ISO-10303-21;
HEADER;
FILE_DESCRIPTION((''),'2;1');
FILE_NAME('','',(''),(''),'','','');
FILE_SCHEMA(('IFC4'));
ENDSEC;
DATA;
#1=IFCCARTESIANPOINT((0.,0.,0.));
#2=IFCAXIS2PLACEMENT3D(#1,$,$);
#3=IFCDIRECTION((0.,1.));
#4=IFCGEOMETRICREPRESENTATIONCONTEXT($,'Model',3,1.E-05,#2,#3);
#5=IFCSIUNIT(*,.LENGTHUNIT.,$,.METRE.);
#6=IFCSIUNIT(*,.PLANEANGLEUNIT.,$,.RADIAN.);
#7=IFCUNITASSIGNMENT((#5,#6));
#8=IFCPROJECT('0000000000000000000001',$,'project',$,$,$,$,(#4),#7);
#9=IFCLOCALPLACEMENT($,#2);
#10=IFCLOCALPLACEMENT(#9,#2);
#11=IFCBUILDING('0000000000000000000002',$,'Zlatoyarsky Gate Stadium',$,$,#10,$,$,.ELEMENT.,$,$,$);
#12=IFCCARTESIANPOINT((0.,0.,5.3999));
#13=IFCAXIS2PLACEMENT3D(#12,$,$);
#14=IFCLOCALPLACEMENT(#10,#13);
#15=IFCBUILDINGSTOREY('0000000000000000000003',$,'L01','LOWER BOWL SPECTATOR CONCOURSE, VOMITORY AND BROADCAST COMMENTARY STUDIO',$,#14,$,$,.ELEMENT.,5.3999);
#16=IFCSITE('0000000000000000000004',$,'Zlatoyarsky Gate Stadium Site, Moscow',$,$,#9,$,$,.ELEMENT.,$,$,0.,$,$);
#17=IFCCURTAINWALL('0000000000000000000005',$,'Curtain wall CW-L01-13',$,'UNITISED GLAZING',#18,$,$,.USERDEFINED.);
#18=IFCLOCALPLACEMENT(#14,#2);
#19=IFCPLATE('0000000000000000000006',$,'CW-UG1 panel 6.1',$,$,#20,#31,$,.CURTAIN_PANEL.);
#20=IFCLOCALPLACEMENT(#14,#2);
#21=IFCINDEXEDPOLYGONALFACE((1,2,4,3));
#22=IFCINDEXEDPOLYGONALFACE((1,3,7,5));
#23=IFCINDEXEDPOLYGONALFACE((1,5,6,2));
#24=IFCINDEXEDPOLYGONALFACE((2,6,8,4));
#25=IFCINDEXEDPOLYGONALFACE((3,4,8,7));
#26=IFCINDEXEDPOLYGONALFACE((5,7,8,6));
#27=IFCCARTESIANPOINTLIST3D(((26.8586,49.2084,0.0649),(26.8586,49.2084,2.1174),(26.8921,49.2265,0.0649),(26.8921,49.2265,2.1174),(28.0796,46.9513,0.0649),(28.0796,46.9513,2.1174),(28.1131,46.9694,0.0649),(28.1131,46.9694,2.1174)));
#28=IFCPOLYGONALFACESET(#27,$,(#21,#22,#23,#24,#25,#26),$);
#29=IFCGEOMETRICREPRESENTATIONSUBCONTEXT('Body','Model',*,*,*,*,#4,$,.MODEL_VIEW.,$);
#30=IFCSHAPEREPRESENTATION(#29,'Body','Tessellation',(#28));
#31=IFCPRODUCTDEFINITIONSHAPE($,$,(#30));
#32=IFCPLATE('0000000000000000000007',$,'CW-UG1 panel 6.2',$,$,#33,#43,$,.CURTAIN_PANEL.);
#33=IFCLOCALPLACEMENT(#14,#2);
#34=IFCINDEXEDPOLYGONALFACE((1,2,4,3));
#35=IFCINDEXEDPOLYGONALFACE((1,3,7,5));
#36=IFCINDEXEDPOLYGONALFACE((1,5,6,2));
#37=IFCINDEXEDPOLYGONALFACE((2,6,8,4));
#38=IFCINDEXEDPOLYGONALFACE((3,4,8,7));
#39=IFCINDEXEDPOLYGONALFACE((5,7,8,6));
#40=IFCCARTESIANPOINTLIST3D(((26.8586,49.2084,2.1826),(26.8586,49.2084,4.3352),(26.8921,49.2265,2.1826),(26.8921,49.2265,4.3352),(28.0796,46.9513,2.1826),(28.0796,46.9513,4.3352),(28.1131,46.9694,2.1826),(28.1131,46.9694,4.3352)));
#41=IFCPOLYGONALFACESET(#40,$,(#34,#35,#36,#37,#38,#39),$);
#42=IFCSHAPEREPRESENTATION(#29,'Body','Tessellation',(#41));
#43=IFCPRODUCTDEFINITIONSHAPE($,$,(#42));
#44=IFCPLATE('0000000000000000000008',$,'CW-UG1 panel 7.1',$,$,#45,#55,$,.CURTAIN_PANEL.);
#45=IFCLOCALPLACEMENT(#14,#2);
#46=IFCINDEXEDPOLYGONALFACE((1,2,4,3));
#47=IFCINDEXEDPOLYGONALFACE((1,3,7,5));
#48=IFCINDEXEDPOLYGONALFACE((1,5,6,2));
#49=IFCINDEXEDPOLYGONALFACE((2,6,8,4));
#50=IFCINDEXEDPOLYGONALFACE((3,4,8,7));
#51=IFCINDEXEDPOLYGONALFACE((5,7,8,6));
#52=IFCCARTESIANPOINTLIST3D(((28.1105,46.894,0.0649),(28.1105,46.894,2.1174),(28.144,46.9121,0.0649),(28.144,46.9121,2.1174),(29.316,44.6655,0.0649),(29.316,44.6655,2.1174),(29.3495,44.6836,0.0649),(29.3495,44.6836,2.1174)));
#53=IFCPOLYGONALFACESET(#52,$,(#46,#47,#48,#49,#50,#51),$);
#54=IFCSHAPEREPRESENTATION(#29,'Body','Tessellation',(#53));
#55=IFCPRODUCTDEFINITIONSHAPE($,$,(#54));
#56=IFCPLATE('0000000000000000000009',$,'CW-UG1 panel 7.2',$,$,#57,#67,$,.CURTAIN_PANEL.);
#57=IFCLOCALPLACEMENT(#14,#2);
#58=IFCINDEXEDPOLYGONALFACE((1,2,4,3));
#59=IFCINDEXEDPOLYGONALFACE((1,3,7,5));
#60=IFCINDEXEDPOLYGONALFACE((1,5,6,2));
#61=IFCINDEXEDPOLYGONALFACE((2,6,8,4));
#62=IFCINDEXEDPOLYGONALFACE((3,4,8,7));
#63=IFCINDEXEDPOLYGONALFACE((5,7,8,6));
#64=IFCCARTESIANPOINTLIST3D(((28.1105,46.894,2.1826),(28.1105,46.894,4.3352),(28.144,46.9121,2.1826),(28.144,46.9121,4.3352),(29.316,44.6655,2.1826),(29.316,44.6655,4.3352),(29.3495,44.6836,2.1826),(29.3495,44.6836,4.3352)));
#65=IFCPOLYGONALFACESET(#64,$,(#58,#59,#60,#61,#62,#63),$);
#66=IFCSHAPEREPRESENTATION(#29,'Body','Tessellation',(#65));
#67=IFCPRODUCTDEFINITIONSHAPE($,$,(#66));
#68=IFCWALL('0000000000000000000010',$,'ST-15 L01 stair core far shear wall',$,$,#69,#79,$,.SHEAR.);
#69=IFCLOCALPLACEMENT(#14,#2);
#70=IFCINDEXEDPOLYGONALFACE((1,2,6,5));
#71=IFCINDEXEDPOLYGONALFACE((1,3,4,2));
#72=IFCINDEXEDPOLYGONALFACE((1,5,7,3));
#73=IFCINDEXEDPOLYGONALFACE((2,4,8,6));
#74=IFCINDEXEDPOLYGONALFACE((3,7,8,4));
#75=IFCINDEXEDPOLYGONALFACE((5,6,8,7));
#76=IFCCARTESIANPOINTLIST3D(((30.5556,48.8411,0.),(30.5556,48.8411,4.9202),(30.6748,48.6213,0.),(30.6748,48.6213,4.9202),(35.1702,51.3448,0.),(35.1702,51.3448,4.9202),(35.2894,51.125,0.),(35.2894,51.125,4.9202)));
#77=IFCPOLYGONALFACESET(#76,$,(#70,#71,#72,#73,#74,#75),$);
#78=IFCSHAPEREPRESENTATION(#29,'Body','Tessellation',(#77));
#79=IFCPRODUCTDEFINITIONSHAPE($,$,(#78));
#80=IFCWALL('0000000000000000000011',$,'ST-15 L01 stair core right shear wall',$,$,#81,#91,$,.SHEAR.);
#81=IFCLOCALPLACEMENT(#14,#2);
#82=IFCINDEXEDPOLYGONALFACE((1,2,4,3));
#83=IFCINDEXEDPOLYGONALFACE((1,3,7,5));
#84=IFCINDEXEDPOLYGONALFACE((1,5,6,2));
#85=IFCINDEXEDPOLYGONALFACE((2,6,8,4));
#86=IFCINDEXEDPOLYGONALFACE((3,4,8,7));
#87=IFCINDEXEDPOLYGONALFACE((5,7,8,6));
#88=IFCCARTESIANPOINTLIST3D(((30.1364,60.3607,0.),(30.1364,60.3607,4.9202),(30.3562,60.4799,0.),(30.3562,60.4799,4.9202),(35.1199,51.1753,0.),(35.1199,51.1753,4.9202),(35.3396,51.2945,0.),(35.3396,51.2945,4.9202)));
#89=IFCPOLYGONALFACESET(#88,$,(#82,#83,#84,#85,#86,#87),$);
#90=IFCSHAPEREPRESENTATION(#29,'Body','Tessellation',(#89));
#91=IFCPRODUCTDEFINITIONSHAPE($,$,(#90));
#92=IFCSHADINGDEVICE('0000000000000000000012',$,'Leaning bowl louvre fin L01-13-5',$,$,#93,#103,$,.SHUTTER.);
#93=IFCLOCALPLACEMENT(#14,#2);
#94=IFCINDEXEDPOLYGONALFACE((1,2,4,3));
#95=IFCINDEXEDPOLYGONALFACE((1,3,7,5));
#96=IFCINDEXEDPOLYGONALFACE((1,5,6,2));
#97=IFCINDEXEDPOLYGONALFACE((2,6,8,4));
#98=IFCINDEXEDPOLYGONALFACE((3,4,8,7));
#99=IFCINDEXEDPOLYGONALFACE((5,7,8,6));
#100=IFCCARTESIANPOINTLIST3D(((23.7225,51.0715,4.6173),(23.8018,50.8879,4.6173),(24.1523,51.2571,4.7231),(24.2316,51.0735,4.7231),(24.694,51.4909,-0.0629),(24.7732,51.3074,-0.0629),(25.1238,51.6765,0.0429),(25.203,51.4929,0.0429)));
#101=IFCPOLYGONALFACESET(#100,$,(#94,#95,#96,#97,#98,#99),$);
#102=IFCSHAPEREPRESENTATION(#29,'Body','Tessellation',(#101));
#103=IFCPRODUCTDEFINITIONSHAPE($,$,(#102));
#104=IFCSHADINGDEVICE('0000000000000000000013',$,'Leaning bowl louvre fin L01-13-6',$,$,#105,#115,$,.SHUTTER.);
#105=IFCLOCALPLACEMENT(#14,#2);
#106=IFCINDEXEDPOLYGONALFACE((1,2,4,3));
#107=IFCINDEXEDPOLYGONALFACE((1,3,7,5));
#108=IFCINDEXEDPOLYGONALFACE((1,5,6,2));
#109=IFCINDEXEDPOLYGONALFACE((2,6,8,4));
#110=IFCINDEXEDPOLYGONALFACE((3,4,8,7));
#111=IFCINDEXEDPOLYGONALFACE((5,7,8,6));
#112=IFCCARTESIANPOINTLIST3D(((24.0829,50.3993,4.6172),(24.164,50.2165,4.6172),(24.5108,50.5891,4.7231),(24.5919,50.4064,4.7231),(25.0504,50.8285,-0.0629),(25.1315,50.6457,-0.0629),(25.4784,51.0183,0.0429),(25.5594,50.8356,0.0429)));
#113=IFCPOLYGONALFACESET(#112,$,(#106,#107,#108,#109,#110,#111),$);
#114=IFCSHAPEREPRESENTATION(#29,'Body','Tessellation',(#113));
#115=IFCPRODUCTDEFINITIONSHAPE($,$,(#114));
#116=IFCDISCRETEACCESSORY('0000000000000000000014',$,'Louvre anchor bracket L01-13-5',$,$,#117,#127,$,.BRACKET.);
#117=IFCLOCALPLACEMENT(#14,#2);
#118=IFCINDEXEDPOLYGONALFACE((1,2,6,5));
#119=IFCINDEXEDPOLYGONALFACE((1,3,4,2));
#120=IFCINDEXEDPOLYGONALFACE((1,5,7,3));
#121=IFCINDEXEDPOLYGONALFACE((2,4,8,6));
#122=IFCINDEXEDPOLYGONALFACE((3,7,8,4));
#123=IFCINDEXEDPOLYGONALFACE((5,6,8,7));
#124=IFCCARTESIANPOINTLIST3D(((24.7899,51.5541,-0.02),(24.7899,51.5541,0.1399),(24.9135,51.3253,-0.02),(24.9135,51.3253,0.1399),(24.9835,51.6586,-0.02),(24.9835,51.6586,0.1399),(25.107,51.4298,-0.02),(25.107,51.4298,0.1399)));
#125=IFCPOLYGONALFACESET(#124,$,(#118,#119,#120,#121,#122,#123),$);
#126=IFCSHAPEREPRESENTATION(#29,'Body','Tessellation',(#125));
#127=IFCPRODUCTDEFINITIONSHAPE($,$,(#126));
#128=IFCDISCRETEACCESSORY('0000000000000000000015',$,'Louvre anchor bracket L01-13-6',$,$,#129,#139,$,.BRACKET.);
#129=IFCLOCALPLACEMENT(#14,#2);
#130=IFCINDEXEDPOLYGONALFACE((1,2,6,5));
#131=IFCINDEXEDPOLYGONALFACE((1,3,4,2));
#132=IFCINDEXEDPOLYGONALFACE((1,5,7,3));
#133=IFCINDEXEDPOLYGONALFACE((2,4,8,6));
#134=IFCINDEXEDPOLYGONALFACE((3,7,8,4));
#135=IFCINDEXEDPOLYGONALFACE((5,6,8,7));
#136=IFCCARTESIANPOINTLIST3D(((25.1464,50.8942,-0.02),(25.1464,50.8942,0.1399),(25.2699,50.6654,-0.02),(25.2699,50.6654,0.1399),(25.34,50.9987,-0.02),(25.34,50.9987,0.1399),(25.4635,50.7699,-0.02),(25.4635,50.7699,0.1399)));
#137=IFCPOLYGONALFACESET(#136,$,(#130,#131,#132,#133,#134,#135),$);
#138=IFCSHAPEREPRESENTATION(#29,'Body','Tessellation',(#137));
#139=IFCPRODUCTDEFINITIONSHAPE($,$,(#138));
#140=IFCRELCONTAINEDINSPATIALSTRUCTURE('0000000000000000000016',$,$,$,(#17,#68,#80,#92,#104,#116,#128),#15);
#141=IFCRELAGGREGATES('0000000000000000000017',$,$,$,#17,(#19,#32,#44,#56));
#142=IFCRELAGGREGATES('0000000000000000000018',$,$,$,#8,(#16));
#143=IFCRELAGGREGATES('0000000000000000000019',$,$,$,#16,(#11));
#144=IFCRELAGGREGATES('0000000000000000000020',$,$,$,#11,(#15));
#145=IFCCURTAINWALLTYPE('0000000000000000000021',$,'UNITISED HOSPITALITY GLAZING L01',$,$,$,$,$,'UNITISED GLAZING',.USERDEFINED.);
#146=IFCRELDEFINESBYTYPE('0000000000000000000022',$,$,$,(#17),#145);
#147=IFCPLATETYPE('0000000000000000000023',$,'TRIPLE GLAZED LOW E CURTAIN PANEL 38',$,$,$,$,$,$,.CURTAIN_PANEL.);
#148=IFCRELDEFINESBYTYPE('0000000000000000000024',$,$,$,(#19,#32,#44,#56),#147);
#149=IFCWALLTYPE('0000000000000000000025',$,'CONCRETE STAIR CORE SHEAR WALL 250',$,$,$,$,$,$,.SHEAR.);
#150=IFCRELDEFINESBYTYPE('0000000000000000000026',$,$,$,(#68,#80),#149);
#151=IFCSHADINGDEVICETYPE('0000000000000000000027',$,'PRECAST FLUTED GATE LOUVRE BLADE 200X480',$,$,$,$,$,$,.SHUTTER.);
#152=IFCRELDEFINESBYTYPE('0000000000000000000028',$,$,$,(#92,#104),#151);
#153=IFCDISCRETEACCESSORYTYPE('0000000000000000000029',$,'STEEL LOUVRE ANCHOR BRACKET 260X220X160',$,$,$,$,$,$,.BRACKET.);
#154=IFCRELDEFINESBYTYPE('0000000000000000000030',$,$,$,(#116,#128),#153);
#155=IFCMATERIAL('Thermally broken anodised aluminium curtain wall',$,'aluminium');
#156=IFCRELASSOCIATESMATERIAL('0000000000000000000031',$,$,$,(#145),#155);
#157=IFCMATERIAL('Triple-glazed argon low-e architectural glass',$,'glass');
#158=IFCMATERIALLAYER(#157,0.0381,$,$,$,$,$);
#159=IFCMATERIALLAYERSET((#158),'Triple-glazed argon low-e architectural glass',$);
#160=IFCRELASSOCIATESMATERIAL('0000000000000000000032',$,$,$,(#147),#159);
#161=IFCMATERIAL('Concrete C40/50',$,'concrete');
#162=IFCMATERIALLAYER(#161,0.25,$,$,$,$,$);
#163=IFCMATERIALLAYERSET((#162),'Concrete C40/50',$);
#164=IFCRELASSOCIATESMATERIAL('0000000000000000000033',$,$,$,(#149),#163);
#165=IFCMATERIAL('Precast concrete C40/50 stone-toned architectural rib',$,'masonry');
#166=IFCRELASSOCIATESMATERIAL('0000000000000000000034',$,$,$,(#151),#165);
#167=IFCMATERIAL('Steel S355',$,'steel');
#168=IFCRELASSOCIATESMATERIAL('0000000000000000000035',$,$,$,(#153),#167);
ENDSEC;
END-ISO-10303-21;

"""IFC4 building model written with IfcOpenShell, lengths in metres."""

from ifc_helpers import new_model, si_unit, direction, frame, frame_2d, origin, origin_2d, place, context, subcontext, project, spatial, rectangle, extrude, material, layer, layer_set, material_profile, profile_set, type_object, element, aggregate, save


model = new_model("IFC4")

# Units and contexts
model_context = context("Model", 3, precision=1e-05, world=origin(), true_north=direction((0.0, 1.0)))
body_context = subcontext(model_context, "Body", "Model", "MODEL_VIEW")
ifc_project = project(units=[si_unit("LENGTHUNIT", "METRE"), si_unit("PLANEANGLEUNIT", "RADIAN")], contexts=[model_context])

# Site, building, storey
site_placement = place(None, origin())
site = spatial("IfcSite", under=ifc_project, at=site_placement, Name="Zlatoyarsky Gate Stadium Site, Moscow", CompositionType="ELEMENT", RefElevation=0.0)
building_placement = place(site_placement, origin())
building = spatial("IfcBuilding", under=site, at=building_placement, Name="Zlatoyarsky Gate Stadium", CompositionType="ELEMENT")
storey_placement = place(building_placement, frame((0.0, 0.0, 5.3999)))
storey = spatial("IfcBuildingStorey", under=building, at=storey_placement, Name="L01", Description="LOWER BOWL SPECTATOR CONCOURSE, VOMITORY AND BROADCAST COMMENTARY STUDIO", CompositionType="ELEMENT", Elevation=5.3999)

# Shared definitions
ifc_material_1 = material(Name="Steel S355", Category="steel")

# Curtain wall
ifc_material_2 = material(Name="Thermally broken anodised aluminium curtain wall", Category="aluminium")
curtain_wall_type = type_object("IfcCurtainWallType", Name="UNITISED HOSPITALITY GLAZING L01", ElementType="UNITISED GLAZING", PredefinedType="USERDEFINED", material=ifc_material_2)
curtain_wall_placement = place(storey_placement, origin())
curtain_wall = element("IfcCurtainWall", 1, at=curtain_wall_placement, inside=storey, type_object=curtain_wall_type, Name="Curtain wall CW-L01-13", ObjectType="UNITISED GLAZING", PredefinedType="USERDEFINED")

# Plates
ifc_material_3 = material(Name="Triple-glazed argon low-e architectural glass", Category="glass")
ifc_layer_1 = layer(ifc_material_3, 0.0381)
ifc_layer_set_1 = layer_set([ifc_layer_1], Name="Triple-glazed argon low-e architectural glass")
plate_type_1 = type_object("IfcPlateType", Name="TRIPLE GLAZED LOW E CURTAIN PANEL 38", PredefinedType="CURTAIN_PANEL", material=ifc_layer_set_1)
plate_1_placement = place(storey_placement, frame((27.4858, 48.0889, 0.0649), z_axis=(0.0, 0.0, 1.0), x_axis=(0.475786, -0.879561, 0.0)))
plate_1 = element("IfcPlate", 2, at=plate_1_placement, type_object=plate_type_1, Name="CW-UG1 panel 6.1", PredefinedType="CURTAIN_PANEL", context=body_context, shape_type="SweptSolid", body=[
    extrude(rectangle(XDim=2.5662, YDim=0.0381, at=origin_2d()), origin(), (0.0, 0.0, 1.0), 2.0525),
])
plate_2_placement = place(storey_placement, frame((27.4858, 48.0889, 2.1826), z_axis=(0.0, 0.0, 1.0), x_axis=(0.475786, -0.879561, 0.0)))
plate_2 = element("IfcPlate", 3, at=plate_2_placement, type_object=plate_type_1, Name="CW-UG1 panel 6.2", PredefinedType="CURTAIN_PANEL", context=body_context, shape_type="SweptSolid", body=[
    extrude(rectangle(XDim=2.5662, YDim=0.0381, at=origin_2d()), origin(), (0.0, 0.0, 1.0), 2.1526),
])
plate_3_placement = place(storey_placement, frame((28.73, 45.7888, 0.0649), z_axis=(0.0, 0.0, 1.0), x_axis=(0.475786, -0.879561, 0.0)))
plate_3 = element("IfcPlate", 4, at=plate_3_placement, type_object=plate_type_1, Name="CW-UG1 panel 7.1", PredefinedType="CURTAIN_PANEL", context=body_context, shape_type="SweptSolid", body=[
    extrude(rectangle(XDim=2.5337, YDim=0.0381, at=origin_2d()), origin(), (0.0, 0.0, 1.0), 2.0525),
])
plate_4_placement = place(storey_placement, frame((28.73, 45.7888, 2.1826), z_axis=(0.0, 0.0, 1.0), x_axis=(0.475786, -0.879561, 0.0)))
plate_4 = element("IfcPlate", 5, at=plate_4_placement, type_object=plate_type_1, Name="CW-UG1 panel 7.2", PredefinedType="CURTAIN_PANEL", context=body_context, shape_type="SweptSolid", body=[
    extrude(rectangle(XDim=2.5337, YDim=0.0381, at=origin_2d()), origin(), (0.0, 0.0, 1.0), 2.1526),
])
aggregate(curtain_wall, [plate_1, plate_2, plate_3, plate_4])

# Walls
ifc_material_4 = material(Name="Concrete C40/50", Category="concrete")
ifc_layer_2 = layer(ifc_material_4, 0.25)
ifc_layer_set_2 = layer_set([ifc_layer_2], Name="Concrete C40/50")
wall_type = type_object("IfcWallType", Name="CONCRETE STAIR CORE SHEAR WALL 250", PredefinedType="SHEAR", material=ifc_layer_set_2)
wall_1_placement = place(storey_placement, frame((30.6152, 48.7312, 0.0), z_axis=(0.0, 0.0, 1.0), x_axis=(0.878961, 0.476893, 0.0)))
element("IfcWall", 6, at=wall_1_placement, inside=storey, type_object=wall_type, Name="ST-15 L01 stair core far shear wall", PredefinedType="SHEAR", context=body_context, shape_type="SweptSolid", body=[
    extrude(rectangle(XDim=5.25, YDim=0.25, at=frame_2d((2.625, 0.0))), origin(), (0.0, 0.0, 1.0), 4.9202),
])
wall_2_placement = place(storey_placement, frame((35.2297, 51.2349, 0.0), z_axis=(0.0, 0.0, 1.0), x_axis=(-0.476877, 0.87897, 0.0)))
element("IfcWall", 7, at=wall_2_placement, inside=storey, type_object=wall_type, Name="ST-15 L01 stair core right shear wall", PredefinedType="SHEAR", context=body_context, shape_type="SweptSolid", body=[
    extrude(rectangle(XDim=10.4502, YDim=0.25, at=frame_2d((5.2251, 0.0))), origin(), (0.0, 0.0, 1.0), 4.9202),
])

# Shading devices
ifc_material_5 = material(Name="Precast concrete C40/50 stone-toned architectural rib", Category="masonry")
ifc_material_profile_1 = material_profile(ifc_material_5, rectangle(XDim=0.2, YDim=0.48, at=origin_2d()), Name="RIB 200X480")
ifc_profile_set_1 = profile_set([ifc_material_profile_1], Name="Precast concrete C40/50 stone-toned architectural rib")
shading_device_type = type_object("IfcShadingDeviceType", Name="PRECAST FLUTED GATE LOUVRE BLADE 200X480", PredefinedType="SHUTTER", material=ifc_profile_set_1)
for number, where, z_axis, x_axis, name in (
    (8, (24.9485, 51.4919, -0.01), (-0.202454, -0.087413, 0.975383), (0.396396, -0.91808, 0.0), "Leaning bowl louvre fin L01-13-5"),
    (9, (25.3049, 50.832, -0.01), (-0.201637, -0.089447, 0.975368), (0.405496, -0.914097, 0.0), "Leaning bowl louvre fin L01-13-6"),
):
    element("IfcShadingDevice", number, at=place(storey_placement, frame(where, z_axis=z_axis, x_axis=x_axis)), inside=storey, type_object=shading_device_type, Name=name, PredefinedType="SHUTTER", context=body_context, shape_type="SweptSolid", body=[
        extrude(rectangle(XDim=0.2, YDim=0.48, at=origin_2d()), origin(), (0.0, 0.0, 1.0), 4.7983),
    ])

# Discrete accessories
discrete_accessory_type = type_object("IfcDiscreteAccessoryType", Name="STEEL LOUVRE ANCHOR BRACKET 260X220X160", PredefinedType="BRACKET", material=ifc_material_1)
for number, where, z_axis, x_axis, name in (
    (10, (24.9485, 51.4919, -0.02), (0.0, 0.0, 1.0), (0.475052, -0.879958, 0.0), "Louvre anchor bracket L01-13-5"),
    (11, (25.3049, 50.832, -0.02), (0.0, 0.0, 1.0), (0.475052, -0.879958, 0.0), "Louvre anchor bracket L01-13-6"),
):
    element("IfcDiscreteAccessory", number, at=place(storey_placement, frame(where, z_axis=z_axis, x_axis=x_axis)), inside=storey, type_object=discrete_accessory_type, Name=name, PredefinedType="BRACKET", context=body_context, shape_type="SweptSolid", body=[
        extrude(rectangle(XDim=0.26, YDim=0.22, at=origin_2d()), origin(), (0.0, 0.0, 1.0), 0.1599),
    ])

save(model, "model.ifc")
